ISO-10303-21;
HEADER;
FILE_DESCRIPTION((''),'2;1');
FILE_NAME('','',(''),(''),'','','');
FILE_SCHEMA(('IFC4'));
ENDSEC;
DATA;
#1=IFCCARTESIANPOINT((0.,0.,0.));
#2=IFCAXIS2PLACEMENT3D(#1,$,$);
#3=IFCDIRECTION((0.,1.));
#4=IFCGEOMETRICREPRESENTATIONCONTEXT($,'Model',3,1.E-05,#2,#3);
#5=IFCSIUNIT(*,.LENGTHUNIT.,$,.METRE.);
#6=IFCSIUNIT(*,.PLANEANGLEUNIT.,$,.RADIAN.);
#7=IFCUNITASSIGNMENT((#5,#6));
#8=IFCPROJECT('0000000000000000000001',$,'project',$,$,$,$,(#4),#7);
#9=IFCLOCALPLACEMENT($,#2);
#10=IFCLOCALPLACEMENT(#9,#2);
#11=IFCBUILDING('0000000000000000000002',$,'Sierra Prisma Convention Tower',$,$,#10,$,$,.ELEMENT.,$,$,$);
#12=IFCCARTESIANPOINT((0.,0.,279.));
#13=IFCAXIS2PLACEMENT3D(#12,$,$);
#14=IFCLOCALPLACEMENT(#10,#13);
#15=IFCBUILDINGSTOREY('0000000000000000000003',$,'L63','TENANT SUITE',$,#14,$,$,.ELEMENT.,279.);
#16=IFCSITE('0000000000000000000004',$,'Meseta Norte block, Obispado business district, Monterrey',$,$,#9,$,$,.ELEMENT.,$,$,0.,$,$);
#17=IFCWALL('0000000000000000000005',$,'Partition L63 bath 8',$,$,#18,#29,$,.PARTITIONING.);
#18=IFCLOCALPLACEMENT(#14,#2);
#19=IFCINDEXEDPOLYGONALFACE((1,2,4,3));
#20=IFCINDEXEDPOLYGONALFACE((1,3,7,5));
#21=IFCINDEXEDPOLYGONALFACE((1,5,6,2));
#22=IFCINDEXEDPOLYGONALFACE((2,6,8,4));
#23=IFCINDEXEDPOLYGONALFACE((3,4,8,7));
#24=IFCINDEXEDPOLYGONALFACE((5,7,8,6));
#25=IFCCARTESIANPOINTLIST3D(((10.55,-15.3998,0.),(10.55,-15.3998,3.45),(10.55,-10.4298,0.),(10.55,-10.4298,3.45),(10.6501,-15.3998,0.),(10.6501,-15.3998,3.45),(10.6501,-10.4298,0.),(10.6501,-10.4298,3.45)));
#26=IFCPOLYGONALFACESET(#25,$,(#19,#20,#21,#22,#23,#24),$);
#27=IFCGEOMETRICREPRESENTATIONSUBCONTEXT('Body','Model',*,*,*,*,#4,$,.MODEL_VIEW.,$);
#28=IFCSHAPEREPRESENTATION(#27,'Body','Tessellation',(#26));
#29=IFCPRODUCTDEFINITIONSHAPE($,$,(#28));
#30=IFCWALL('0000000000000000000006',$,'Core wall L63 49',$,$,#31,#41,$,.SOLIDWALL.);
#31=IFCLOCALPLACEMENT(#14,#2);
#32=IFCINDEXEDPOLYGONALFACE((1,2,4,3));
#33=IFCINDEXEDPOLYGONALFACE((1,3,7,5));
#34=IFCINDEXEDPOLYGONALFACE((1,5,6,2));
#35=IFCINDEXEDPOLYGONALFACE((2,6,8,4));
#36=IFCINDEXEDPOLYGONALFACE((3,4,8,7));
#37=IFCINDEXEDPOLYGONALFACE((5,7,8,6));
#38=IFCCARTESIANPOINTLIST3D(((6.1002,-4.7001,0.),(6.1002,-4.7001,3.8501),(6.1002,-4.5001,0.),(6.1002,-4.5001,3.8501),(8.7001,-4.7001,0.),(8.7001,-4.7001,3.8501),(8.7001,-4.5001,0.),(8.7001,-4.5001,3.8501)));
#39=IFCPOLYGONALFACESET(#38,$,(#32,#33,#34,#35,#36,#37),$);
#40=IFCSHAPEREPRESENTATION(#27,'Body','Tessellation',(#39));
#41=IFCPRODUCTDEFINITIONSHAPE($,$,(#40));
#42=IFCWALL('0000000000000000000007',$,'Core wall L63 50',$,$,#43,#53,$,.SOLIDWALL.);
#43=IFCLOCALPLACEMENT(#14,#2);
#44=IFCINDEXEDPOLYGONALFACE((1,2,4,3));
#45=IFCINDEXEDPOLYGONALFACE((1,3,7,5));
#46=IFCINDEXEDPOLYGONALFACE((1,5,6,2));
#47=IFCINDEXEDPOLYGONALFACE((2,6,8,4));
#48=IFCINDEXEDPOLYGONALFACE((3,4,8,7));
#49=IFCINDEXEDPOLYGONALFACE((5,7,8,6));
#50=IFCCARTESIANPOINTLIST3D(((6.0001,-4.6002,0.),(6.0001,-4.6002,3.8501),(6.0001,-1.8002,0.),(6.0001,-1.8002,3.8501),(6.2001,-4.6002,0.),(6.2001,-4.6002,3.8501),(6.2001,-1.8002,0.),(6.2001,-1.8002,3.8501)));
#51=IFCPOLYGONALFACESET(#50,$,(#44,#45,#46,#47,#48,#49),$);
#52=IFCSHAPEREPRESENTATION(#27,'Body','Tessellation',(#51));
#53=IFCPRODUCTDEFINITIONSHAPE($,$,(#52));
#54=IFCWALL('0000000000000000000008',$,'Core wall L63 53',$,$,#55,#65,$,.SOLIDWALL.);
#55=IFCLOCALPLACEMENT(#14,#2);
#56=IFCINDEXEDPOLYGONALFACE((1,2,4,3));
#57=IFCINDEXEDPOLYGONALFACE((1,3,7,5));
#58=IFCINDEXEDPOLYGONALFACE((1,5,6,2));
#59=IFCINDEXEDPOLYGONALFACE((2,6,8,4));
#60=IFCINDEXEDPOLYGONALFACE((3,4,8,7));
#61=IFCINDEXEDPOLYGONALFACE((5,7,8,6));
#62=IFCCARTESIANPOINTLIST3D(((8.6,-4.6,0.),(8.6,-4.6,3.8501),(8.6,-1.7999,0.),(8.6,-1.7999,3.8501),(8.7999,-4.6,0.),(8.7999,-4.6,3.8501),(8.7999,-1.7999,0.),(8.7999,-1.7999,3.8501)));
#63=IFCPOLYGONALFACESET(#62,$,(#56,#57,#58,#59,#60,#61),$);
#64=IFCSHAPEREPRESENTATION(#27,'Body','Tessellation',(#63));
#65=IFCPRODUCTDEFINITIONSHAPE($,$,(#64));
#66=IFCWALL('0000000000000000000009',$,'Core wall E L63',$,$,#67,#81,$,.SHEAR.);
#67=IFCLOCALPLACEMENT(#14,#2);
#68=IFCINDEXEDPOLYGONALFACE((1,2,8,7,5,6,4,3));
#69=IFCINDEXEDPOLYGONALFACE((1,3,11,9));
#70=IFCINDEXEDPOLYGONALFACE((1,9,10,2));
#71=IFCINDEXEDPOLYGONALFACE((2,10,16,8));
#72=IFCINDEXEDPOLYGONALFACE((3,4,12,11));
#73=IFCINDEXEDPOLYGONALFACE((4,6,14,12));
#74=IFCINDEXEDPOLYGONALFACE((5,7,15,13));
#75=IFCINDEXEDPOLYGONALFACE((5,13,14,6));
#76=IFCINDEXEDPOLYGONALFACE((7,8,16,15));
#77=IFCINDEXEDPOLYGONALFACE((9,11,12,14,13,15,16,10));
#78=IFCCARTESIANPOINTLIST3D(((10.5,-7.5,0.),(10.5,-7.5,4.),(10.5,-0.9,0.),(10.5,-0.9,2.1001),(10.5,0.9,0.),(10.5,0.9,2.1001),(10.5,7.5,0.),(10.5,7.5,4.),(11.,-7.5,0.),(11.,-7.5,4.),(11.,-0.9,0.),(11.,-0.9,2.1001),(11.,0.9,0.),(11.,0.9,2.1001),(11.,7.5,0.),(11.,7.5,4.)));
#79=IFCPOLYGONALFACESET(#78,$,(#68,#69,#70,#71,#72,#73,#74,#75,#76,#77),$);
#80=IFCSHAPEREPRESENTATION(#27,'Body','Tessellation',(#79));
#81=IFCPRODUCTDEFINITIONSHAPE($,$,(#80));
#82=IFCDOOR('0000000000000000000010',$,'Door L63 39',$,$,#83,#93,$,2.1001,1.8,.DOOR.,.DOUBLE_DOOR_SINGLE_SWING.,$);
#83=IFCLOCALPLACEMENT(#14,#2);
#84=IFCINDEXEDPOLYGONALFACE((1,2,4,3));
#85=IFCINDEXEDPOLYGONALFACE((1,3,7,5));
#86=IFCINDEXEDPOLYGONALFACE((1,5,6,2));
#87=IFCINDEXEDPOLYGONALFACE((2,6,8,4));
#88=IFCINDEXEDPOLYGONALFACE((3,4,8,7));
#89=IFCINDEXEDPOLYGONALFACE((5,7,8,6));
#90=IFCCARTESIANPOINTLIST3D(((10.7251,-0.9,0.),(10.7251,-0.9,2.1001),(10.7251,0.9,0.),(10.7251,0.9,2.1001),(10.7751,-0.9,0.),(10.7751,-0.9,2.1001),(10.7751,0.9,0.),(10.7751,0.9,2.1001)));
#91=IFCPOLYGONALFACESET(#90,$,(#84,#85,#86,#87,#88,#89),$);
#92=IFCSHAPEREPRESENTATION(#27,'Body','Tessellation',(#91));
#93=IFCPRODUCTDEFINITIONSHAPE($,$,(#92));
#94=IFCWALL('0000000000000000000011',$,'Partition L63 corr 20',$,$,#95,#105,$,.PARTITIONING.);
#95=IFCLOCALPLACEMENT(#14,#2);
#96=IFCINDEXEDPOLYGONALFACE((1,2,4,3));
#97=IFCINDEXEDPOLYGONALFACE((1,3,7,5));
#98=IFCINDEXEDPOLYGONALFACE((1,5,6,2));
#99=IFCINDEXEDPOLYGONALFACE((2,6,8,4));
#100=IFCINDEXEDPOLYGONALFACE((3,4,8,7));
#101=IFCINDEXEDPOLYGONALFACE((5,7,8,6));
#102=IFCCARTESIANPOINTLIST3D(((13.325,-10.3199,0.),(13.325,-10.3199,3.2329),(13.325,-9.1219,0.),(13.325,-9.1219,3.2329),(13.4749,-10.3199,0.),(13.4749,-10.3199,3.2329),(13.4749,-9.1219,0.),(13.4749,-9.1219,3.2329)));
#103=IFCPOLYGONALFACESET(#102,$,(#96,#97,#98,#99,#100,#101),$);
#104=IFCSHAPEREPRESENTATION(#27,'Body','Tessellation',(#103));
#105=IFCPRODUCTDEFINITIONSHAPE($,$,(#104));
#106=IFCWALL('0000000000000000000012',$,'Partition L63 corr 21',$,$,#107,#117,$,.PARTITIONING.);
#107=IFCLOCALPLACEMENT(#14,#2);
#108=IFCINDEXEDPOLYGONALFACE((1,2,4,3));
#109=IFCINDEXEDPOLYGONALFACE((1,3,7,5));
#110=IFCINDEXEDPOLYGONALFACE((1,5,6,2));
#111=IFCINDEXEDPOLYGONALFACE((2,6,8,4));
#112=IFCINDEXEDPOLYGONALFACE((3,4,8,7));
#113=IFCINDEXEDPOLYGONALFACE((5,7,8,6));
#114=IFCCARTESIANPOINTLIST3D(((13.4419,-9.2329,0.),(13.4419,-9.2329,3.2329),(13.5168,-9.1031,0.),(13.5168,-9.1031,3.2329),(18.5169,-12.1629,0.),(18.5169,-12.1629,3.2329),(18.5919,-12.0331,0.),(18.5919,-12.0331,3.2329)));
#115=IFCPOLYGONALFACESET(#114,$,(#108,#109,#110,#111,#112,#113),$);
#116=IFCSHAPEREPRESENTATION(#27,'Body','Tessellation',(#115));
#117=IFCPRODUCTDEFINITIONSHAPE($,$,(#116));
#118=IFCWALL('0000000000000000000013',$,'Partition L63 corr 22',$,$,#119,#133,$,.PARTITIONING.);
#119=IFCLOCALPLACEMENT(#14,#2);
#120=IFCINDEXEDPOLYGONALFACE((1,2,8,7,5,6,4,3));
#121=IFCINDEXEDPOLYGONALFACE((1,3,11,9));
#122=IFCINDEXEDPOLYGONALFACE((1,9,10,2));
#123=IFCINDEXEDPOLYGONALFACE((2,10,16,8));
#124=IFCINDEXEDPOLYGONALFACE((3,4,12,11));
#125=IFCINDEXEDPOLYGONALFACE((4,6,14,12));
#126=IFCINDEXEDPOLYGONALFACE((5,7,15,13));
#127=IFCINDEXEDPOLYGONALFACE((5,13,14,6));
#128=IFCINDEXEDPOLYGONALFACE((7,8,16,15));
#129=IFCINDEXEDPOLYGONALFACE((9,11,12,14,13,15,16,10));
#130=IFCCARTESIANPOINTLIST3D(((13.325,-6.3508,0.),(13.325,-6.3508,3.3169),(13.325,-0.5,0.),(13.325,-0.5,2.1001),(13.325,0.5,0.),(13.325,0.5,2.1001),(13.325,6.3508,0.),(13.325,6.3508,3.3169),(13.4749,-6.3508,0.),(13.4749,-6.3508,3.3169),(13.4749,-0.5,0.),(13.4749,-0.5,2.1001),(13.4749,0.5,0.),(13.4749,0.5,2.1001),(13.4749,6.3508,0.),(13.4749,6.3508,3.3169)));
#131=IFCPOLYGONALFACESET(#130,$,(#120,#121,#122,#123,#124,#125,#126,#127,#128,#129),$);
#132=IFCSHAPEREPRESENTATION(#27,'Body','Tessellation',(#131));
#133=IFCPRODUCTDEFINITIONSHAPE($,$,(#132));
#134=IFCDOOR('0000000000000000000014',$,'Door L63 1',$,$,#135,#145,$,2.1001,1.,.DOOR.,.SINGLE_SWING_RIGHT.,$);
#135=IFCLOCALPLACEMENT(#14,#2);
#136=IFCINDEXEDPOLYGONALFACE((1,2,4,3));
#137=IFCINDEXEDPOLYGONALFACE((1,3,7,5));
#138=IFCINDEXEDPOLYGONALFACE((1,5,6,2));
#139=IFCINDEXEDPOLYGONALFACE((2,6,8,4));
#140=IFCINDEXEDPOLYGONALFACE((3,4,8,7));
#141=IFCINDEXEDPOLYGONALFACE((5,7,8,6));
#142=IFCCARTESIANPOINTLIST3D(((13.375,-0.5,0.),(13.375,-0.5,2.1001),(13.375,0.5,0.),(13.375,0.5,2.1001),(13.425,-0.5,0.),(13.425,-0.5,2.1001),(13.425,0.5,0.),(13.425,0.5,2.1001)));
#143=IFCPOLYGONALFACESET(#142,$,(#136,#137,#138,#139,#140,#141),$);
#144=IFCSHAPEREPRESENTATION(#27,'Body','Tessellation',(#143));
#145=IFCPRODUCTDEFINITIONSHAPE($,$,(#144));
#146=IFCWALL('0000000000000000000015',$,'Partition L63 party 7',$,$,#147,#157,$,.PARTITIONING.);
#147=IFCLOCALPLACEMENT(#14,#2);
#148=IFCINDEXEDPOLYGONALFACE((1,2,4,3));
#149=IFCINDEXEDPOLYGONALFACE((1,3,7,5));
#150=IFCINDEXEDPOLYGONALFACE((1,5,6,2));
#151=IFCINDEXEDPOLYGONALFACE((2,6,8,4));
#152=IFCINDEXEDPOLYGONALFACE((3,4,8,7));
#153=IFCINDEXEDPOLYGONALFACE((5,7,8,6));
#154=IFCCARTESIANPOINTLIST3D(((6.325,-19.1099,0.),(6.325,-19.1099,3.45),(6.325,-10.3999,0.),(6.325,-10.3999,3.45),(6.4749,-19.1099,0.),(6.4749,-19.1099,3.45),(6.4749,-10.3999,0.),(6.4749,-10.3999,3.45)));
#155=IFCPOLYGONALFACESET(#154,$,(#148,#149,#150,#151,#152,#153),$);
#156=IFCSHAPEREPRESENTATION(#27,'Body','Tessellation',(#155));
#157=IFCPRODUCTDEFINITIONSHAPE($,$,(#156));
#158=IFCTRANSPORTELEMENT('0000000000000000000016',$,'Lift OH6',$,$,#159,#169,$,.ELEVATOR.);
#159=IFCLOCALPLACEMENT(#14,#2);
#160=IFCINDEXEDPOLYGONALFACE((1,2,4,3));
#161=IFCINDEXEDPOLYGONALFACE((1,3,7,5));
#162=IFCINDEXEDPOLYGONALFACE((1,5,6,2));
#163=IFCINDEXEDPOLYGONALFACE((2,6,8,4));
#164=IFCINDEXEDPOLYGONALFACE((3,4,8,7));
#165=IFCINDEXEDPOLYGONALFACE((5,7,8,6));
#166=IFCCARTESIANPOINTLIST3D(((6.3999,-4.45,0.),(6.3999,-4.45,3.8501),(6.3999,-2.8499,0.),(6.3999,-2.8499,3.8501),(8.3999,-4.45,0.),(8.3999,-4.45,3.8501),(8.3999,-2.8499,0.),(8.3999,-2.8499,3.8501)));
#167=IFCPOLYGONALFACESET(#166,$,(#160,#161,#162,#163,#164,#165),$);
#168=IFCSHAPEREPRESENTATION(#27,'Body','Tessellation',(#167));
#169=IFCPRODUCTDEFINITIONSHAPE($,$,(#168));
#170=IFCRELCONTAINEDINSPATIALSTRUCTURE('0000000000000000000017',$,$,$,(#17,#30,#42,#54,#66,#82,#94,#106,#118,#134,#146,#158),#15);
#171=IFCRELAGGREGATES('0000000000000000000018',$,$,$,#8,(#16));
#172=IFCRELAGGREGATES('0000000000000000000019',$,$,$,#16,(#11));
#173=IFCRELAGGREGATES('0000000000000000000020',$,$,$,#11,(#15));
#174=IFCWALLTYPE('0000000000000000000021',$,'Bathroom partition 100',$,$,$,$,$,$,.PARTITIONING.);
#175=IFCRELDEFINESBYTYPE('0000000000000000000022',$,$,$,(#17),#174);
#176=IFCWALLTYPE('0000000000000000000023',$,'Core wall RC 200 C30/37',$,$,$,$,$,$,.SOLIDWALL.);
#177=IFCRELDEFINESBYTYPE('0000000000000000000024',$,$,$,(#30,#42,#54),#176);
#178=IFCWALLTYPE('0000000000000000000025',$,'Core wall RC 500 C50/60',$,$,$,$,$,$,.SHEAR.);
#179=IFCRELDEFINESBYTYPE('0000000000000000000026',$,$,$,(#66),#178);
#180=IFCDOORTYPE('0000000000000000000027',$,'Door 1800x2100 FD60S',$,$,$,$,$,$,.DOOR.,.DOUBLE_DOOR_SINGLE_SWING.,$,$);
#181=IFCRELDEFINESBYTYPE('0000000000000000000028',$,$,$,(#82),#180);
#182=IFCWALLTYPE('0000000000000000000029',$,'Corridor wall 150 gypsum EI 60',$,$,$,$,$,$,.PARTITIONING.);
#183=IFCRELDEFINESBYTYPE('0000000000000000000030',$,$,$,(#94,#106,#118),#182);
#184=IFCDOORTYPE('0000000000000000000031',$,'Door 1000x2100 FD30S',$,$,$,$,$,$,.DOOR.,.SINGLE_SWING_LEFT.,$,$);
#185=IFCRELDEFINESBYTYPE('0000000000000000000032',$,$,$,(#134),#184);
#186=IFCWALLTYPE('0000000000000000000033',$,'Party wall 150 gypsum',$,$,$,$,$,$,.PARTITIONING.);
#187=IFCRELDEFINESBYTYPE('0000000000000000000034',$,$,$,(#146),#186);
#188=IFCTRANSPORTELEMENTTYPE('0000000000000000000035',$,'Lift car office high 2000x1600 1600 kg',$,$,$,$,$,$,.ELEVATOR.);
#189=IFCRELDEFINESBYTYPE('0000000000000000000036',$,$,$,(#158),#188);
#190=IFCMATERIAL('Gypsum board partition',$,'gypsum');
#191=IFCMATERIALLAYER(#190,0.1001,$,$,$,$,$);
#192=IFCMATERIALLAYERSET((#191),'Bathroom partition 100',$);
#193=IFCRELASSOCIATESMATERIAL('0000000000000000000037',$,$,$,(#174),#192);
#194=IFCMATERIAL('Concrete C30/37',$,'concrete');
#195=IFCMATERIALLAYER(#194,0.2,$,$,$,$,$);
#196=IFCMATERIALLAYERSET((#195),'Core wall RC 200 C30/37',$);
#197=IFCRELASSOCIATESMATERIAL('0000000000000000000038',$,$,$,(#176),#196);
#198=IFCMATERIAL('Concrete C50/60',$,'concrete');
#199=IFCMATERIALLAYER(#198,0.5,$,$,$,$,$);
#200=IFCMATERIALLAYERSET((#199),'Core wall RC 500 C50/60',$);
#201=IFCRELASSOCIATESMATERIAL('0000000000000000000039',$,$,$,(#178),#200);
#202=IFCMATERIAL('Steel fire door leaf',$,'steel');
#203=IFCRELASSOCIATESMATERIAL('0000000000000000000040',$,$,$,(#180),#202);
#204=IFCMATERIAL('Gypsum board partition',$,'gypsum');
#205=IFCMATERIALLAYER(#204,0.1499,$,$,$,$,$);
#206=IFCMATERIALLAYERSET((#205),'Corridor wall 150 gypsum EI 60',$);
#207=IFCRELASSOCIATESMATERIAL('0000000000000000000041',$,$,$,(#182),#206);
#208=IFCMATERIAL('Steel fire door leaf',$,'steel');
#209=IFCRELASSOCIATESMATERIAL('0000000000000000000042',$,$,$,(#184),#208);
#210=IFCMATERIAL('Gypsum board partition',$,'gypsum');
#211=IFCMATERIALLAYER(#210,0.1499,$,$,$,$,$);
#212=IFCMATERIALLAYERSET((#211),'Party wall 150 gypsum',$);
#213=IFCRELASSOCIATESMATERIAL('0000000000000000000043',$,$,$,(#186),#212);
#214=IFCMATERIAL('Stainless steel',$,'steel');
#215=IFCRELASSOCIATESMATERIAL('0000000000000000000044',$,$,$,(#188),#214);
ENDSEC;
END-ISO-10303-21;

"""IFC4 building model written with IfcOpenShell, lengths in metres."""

from ifc_helpers import new_model, si_unit, direction, frame, frame_2d, origin, origin_2d, place, context, subcontext, project, spatial, rectangle, extrude, material, layer, layer_set, type_object, element, fill, save


model = new_model("IFC4")

# Units and contexts
model_context = context("Model", 3, precision=1e-05, world=origin(), true_north=direction((0.0, 1.0)))
body_context = subcontext(model_context, "Body", "Model", "MODEL_VIEW")
ifc_project = project(units=[si_unit("LENGTHUNIT", "METRE"), si_unit("PLANEANGLEUNIT", "RADIAN")], contexts=[model_context])

# Site, building, storey
site_placement = place(None, origin())
site = spatial("IfcSite", under=ifc_project, at=site_placement, Name="Meseta Norte block, Obispado business district, Monterrey", CompositionType="ELEMENT", RefElevation=0.0)
building_placement = place(site_placement, origin())
building = spatial("IfcBuilding", under=site, at=building_placement, Name="Sierra Prisma Convention Tower", CompositionType="ELEMENT")
storey_placement = place(building_placement, frame((0.0, 0.0, 279.0)))
storey = spatial("IfcBuildingStorey", under=building, at=storey_placement, Name="L63", Description="TENANT SUITE", CompositionType="ELEMENT", Elevation=279.0)

# Walls
ifc_material_1 = material(Name="Gypsum board partition", Category="gypsum")
ifc_layer_1 = layer(ifc_material_1, 0.1001)
ifc_layer_set_1 = layer_set([ifc_layer_1], Name="Bathroom partition 100")
wall_type_1 = type_object("IfcWallType", Name="Bathroom partition 100", PredefinedType="PARTITIONING", material=ifc_layer_set_1)
wall_1_placement = place(storey_placement, frame((10.6001, -10.4299, 0.0), z_axis=(0.0, 0.0, 1.0), x_axis=(0.0, -1.0, 0.0)))
element("IfcWall", 1, at=wall_1_placement, inside=storey, type_object=wall_type_1, Name="Partition L63 bath 8", PredefinedType="PARTITIONING", context=body_context, shape_type="SweptSolid", body=[
    extrude(rectangle(XDim=4.97, YDim=0.1001, at=frame_2d((2.4849, 0.0))), origin(), (0.0, 0.0, 1.0), 3.45),
])
ifc_material_2 = material(Name="Concrete C30/37", Category="concrete")
ifc_layer_2 = layer(ifc_material_2, 0.2)
ifc_layer_set_2 = layer_set([ifc_layer_2], Name="Core wall RC 200 C30/37")
wall_type_2 = type_object("IfcWallType", Name="Core wall RC 200 C30/37", PredefinedType="SOLIDWALL", material=ifc_layer_set_2)
wall_2_placement = place(storey_placement, frame((8.7, -4.6001, 0.0), z_axis=(0.0, 0.0, 1.0), x_axis=(-1.0, 0.0, 0.0)))
element("IfcWall", 2, at=wall_2_placement, inside=storey, type_object=wall_type_2, Name="Core wall L63 49", PredefinedType="SOLIDWALL", context=body_context, shape_type="SweptSolid", body=[
    extrude(rectangle(XDim=2.5999, YDim=0.2, at=frame_2d((1.2998, 0.0))), origin(), (0.0, 0.0, 1.0), 3.8501),
])
wall_3_placement = place(storey_placement, frame((6.1001, -4.6001, 0.0), z_axis=(0.0, 0.0, 1.0), x_axis=(0.0, 1.0, 0.0)))
element("IfcWall", 3, at=wall_3_placement, inside=storey, type_object=wall_type_2, Name="Core wall L63 50", PredefinedType="SOLIDWALL", context=body_context, shape_type="SweptSolid", body=[
    extrude(rectangle(XDim=2.8, YDim=0.2, at=frame_2d((1.3999, 0.0))), origin(), (0.0, 0.0, 1.0), 3.8501),
])

# Wall
wall_4_placement = place(storey_placement, frame((8.7, -1.8, 0.0), z_axis=(0.0, 0.0, 1.0), x_axis=(0.0, -1.0, 0.0)))
element("IfcWall", 4, at=wall_4_placement, inside=storey, type_object=wall_type_2, Name="Core wall L63 53", PredefinedType="SOLIDWALL", context=body_context, shape_type="SweptSolid", body=[
    extrude(rectangle(XDim=2.8, YDim=0.2, at=frame_2d((1.3999, 0.0))), origin(), (0.0, 0.0, 1.0), 3.8501),
])

# Wall, opening, door
ifc_material_3 = material(Name="Concrete C50/60", Category="concrete")
ifc_layer_3 = layer(ifc_material_3, 0.5)
ifc_layer_set_3 = layer_set([ifc_layer_3], Name="Core wall RC 500 C50/60")
wall_type_3 = type_object("IfcWallType", Name="Core wall RC 500 C50/60", PredefinedType="SHEAR", material=ifc_layer_set_3)
wall_5_placement = place(storey_placement, frame((10.75, -7.5, 0.0), z_axis=(0.0, 0.0, 1.0), x_axis=(0.0, 1.0, 0.0)))
wall_5 = element("IfcWall", 5, at=wall_5_placement, inside=storey, type_object=wall_type_3, Name="Core wall E L63", PredefinedType="SHEAR", context=body_context, shape_type="SweptSolid", body=[
    extrude(rectangle(XDim=15.0, YDim=0.5, at=frame_2d((7.5, 0.0))), origin(), (0.0, 0.0, 1.0), 4.0),
])
opening_1_placement = place(wall_5_placement, frame((6.6001, 0.0, 0.0)))
opening_1 = element("IfcOpeningElement", 6, at=opening_1_placement, cuts=wall_5, PredefinedType="OPENING", context=body_context, shape_type="SweptSolid", body=[
    extrude(rectangle(XDim=1.8, YDim=2.1001, at=frame_2d((0.8999, 1.05))), frame((0.0, 0.25, 0.0), z_axis=(0.0, -1.0, 0.0), x_axis=(1.0, 0.0, 0.0)), (0.0, 0.0, 1.0), 0.5),
])
ifc_material_4 = material(Name="Steel fire door leaf", Category="steel")
door_type_1 = type_object("IfcDoorType", Name="Door 1800x2100 FD60S", OperationType="DOUBLE_DOOR_SINGLE_SWING", PredefinedType="DOOR", material=ifc_material_4)
door_1_placement = place(opening_1_placement, origin())
door_1 = element("IfcDoor", 7, at=door_1_placement, inside=storey, type_object=door_type_1, Name="Door L63 39", OperationType="DOUBLE_DOOR_SINGLE_SWING", OverallHeight=2.1001, OverallWidth=1.8, PredefinedType="DOOR", context=body_context, shape_type="SweptSolid", body=[
    extrude(rectangle(XDim=1.8, YDim=2.1001, at=frame_2d((0.8999, 1.05))), frame((0.0, 0.0249, 0.0), z_axis=(0.0, -1.0, 0.0), x_axis=(1.0, 0.0, 0.0)), (0.0, 0.0, 1.0), 0.05),
])
fill(opening_1, door_1)

# Walls
ifc_material_5 = material(Name="Gypsum board partition", Category="gypsum")
ifc_layer_4 = layer(ifc_material_5, 0.1499)
ifc_layer_set_4 = layer_set([ifc_layer_4], Name="Corridor wall 150 gypsum EI 60")
wall_type_4 = type_object("IfcWallType", Name="Corridor wall 150 gypsum EI 60", PredefinedType="PARTITIONING", material=ifc_layer_set_4)
wall_6_placement = place(storey_placement, frame((13.3999, -10.3201, 0.0), z_axis=(0.0, 0.0, 1.0), x_axis=(0.0, 1.0, 0.0)))
element("IfcWall", 8, at=wall_6_placement, inside=storey, type_object=wall_type_4, Name="Partition L63 corr 20", PredefinedType="PARTITIONING", context=body_context, shape_type="SweptSolid", body=[
    extrude(rectangle(XDim=1.198, YDim=0.1499, at=frame_2d((0.5991, 0.0))), origin(), (0.0, 0.0, 1.0), 3.2329),
])
wall_7_placement = place(storey_placement, frame((13.4792, -9.168, 0.0), z_axis=(0.0, 0.0, 1.0), x_axis=(0.866032, -0.499988, 0.0)))
element("IfcWall", 9, at=wall_7_placement, inside=storey, type_object=wall_type_4, Name="Partition L63 corr 21", PredefinedType="PARTITIONING", context=body_context, shape_type="SweptSolid", body=[
    extrude(rectangle(XDim=5.8601, YDim=0.1499, at=frame_2d((2.9302, 0.0))), origin(), (0.0, 0.0, 1.0), 3.2329),
])

# Wall, opening, door
wall_8_placement = place(storey_placement, frame((13.3999, -6.3508, 0.0), z_axis=(0.0, 0.0, 1.0), x_axis=(0.0, 1.0, 0.0)))
wall_8 = element("IfcWall", 10, at=wall_8_placement, inside=storey, type_object=wall_type_4, Name="Partition L63 corr 22", PredefinedType="PARTITIONING", context=body_context, shape_type="SweptSolid", body=[
    extrude(rectangle(XDim=12.7017, YDim=0.1499, at=frame_2d((6.3508, 0.0))), origin(), (0.0, 0.0, 1.0), 3.3169),
])
opening_2_placement = place(wall_8_placement, frame((5.8508, 0.0, 0.0)))
opening_2 = element("IfcOpeningElement", 11, at=opening_2_placement, cuts=wall_8, PredefinedType="OPENING", context=body_context, shape_type="SweptSolid", body=[
    extrude(rectangle(XDim=1.0, YDim=2.1001, at=frame_2d((0.5, 1.05))), frame((0.0, 0.075, 0.0), z_axis=(0.0, -1.0, 0.0), x_axis=(1.0, 0.0, 0.0)), (0.0, 0.0, 1.0), 0.1499),
])
ifc_material_6 = material(Name="Steel fire door leaf", Category="steel")
door_type_2 = type_object("IfcDoorType", Name="Door 1000x2100 FD30S", OperationType="SINGLE_SWING_LEFT", PredefinedType="DOOR", material=ifc_material_6)
door_2_placement = place(opening_2_placement, origin())
door_2 = element("IfcDoor", 12, at=door_2_placement, inside=storey, type_object=door_type_2, Name="Door L63 1", OperationType="SINGLE_SWING_RIGHT", OverallHeight=2.1001, OverallWidth=1.0, PredefinedType="DOOR", context=body_context, shape_type="SweptSolid", body=[
    extrude(rectangle(XDim=1.0, YDim=2.1001, at=frame_2d((0.5, 1.05))), frame((0.0, 0.0249, 0.0), z_axis=(0.0, -1.0, 0.0), x_axis=(1.0, 0.0, 0.0)), (0.0, 0.0, 1.0), 0.05),
])
fill(opening_2, door_2)

# Wall
ifc_material_7 = material(Name="Gypsum board partition", Category="gypsum")
ifc_layer_5 = layer(ifc_material_7, 0.1499)
ifc_layer_set_5 = layer_set([ifc_layer_5], Name="Party wall 150 gypsum")
wall_type_5 = type_object("IfcWallType", Name="Party wall 150 gypsum", PredefinedType="PARTITIONING", material=ifc_layer_set_5)
wall_9_placement = place(storey_placement, frame((6.3999, -10.3999, 0.0), z_axis=(0.0, 0.0, 1.0), x_axis=(0.0, -1.0, 0.0)))
element("IfcWall", 13, at=wall_9_placement, inside=storey, type_object=wall_type_5, Name="Partition L63 party 7", PredefinedType="PARTITIONING", context=body_context, shape_type="SweptSolid", body=[
    extrude(rectangle(XDim=8.71, YDim=0.1499, at=frame_2d((4.355, 0.0))), origin(), (0.0, 0.0, 1.0), 3.45),
])

# Transport element
ifc_material_8 = material(Name="Stainless steel", Category="steel")
transport_element_type = type_object("IfcTransportElementType", Name="Lift car office high 2000x1600 1600 kg", PredefinedType="ELEVATOR", material=ifc_material_8)
transport_element_placement = place(storey_placement, frame((7.3999, -3.6499, 0.0), z_axis=(0.0, 0.0, 1.0), x_axis=(1.0, 0.0, 0.0)))
element("IfcTransportElement", 14, at=transport_element_placement, inside=storey, type_object=transport_element_type, Name="Lift OH6", PredefinedType="ELEVATOR", context=body_context, shape_type="SweptSolid", body=[
    extrude(rectangle(XDim=2.0, YDim=1.6001, at=origin_2d()), origin(), (0.0, 0.0, 1.0), 3.8501),
])

save(model, "model.ifc")
